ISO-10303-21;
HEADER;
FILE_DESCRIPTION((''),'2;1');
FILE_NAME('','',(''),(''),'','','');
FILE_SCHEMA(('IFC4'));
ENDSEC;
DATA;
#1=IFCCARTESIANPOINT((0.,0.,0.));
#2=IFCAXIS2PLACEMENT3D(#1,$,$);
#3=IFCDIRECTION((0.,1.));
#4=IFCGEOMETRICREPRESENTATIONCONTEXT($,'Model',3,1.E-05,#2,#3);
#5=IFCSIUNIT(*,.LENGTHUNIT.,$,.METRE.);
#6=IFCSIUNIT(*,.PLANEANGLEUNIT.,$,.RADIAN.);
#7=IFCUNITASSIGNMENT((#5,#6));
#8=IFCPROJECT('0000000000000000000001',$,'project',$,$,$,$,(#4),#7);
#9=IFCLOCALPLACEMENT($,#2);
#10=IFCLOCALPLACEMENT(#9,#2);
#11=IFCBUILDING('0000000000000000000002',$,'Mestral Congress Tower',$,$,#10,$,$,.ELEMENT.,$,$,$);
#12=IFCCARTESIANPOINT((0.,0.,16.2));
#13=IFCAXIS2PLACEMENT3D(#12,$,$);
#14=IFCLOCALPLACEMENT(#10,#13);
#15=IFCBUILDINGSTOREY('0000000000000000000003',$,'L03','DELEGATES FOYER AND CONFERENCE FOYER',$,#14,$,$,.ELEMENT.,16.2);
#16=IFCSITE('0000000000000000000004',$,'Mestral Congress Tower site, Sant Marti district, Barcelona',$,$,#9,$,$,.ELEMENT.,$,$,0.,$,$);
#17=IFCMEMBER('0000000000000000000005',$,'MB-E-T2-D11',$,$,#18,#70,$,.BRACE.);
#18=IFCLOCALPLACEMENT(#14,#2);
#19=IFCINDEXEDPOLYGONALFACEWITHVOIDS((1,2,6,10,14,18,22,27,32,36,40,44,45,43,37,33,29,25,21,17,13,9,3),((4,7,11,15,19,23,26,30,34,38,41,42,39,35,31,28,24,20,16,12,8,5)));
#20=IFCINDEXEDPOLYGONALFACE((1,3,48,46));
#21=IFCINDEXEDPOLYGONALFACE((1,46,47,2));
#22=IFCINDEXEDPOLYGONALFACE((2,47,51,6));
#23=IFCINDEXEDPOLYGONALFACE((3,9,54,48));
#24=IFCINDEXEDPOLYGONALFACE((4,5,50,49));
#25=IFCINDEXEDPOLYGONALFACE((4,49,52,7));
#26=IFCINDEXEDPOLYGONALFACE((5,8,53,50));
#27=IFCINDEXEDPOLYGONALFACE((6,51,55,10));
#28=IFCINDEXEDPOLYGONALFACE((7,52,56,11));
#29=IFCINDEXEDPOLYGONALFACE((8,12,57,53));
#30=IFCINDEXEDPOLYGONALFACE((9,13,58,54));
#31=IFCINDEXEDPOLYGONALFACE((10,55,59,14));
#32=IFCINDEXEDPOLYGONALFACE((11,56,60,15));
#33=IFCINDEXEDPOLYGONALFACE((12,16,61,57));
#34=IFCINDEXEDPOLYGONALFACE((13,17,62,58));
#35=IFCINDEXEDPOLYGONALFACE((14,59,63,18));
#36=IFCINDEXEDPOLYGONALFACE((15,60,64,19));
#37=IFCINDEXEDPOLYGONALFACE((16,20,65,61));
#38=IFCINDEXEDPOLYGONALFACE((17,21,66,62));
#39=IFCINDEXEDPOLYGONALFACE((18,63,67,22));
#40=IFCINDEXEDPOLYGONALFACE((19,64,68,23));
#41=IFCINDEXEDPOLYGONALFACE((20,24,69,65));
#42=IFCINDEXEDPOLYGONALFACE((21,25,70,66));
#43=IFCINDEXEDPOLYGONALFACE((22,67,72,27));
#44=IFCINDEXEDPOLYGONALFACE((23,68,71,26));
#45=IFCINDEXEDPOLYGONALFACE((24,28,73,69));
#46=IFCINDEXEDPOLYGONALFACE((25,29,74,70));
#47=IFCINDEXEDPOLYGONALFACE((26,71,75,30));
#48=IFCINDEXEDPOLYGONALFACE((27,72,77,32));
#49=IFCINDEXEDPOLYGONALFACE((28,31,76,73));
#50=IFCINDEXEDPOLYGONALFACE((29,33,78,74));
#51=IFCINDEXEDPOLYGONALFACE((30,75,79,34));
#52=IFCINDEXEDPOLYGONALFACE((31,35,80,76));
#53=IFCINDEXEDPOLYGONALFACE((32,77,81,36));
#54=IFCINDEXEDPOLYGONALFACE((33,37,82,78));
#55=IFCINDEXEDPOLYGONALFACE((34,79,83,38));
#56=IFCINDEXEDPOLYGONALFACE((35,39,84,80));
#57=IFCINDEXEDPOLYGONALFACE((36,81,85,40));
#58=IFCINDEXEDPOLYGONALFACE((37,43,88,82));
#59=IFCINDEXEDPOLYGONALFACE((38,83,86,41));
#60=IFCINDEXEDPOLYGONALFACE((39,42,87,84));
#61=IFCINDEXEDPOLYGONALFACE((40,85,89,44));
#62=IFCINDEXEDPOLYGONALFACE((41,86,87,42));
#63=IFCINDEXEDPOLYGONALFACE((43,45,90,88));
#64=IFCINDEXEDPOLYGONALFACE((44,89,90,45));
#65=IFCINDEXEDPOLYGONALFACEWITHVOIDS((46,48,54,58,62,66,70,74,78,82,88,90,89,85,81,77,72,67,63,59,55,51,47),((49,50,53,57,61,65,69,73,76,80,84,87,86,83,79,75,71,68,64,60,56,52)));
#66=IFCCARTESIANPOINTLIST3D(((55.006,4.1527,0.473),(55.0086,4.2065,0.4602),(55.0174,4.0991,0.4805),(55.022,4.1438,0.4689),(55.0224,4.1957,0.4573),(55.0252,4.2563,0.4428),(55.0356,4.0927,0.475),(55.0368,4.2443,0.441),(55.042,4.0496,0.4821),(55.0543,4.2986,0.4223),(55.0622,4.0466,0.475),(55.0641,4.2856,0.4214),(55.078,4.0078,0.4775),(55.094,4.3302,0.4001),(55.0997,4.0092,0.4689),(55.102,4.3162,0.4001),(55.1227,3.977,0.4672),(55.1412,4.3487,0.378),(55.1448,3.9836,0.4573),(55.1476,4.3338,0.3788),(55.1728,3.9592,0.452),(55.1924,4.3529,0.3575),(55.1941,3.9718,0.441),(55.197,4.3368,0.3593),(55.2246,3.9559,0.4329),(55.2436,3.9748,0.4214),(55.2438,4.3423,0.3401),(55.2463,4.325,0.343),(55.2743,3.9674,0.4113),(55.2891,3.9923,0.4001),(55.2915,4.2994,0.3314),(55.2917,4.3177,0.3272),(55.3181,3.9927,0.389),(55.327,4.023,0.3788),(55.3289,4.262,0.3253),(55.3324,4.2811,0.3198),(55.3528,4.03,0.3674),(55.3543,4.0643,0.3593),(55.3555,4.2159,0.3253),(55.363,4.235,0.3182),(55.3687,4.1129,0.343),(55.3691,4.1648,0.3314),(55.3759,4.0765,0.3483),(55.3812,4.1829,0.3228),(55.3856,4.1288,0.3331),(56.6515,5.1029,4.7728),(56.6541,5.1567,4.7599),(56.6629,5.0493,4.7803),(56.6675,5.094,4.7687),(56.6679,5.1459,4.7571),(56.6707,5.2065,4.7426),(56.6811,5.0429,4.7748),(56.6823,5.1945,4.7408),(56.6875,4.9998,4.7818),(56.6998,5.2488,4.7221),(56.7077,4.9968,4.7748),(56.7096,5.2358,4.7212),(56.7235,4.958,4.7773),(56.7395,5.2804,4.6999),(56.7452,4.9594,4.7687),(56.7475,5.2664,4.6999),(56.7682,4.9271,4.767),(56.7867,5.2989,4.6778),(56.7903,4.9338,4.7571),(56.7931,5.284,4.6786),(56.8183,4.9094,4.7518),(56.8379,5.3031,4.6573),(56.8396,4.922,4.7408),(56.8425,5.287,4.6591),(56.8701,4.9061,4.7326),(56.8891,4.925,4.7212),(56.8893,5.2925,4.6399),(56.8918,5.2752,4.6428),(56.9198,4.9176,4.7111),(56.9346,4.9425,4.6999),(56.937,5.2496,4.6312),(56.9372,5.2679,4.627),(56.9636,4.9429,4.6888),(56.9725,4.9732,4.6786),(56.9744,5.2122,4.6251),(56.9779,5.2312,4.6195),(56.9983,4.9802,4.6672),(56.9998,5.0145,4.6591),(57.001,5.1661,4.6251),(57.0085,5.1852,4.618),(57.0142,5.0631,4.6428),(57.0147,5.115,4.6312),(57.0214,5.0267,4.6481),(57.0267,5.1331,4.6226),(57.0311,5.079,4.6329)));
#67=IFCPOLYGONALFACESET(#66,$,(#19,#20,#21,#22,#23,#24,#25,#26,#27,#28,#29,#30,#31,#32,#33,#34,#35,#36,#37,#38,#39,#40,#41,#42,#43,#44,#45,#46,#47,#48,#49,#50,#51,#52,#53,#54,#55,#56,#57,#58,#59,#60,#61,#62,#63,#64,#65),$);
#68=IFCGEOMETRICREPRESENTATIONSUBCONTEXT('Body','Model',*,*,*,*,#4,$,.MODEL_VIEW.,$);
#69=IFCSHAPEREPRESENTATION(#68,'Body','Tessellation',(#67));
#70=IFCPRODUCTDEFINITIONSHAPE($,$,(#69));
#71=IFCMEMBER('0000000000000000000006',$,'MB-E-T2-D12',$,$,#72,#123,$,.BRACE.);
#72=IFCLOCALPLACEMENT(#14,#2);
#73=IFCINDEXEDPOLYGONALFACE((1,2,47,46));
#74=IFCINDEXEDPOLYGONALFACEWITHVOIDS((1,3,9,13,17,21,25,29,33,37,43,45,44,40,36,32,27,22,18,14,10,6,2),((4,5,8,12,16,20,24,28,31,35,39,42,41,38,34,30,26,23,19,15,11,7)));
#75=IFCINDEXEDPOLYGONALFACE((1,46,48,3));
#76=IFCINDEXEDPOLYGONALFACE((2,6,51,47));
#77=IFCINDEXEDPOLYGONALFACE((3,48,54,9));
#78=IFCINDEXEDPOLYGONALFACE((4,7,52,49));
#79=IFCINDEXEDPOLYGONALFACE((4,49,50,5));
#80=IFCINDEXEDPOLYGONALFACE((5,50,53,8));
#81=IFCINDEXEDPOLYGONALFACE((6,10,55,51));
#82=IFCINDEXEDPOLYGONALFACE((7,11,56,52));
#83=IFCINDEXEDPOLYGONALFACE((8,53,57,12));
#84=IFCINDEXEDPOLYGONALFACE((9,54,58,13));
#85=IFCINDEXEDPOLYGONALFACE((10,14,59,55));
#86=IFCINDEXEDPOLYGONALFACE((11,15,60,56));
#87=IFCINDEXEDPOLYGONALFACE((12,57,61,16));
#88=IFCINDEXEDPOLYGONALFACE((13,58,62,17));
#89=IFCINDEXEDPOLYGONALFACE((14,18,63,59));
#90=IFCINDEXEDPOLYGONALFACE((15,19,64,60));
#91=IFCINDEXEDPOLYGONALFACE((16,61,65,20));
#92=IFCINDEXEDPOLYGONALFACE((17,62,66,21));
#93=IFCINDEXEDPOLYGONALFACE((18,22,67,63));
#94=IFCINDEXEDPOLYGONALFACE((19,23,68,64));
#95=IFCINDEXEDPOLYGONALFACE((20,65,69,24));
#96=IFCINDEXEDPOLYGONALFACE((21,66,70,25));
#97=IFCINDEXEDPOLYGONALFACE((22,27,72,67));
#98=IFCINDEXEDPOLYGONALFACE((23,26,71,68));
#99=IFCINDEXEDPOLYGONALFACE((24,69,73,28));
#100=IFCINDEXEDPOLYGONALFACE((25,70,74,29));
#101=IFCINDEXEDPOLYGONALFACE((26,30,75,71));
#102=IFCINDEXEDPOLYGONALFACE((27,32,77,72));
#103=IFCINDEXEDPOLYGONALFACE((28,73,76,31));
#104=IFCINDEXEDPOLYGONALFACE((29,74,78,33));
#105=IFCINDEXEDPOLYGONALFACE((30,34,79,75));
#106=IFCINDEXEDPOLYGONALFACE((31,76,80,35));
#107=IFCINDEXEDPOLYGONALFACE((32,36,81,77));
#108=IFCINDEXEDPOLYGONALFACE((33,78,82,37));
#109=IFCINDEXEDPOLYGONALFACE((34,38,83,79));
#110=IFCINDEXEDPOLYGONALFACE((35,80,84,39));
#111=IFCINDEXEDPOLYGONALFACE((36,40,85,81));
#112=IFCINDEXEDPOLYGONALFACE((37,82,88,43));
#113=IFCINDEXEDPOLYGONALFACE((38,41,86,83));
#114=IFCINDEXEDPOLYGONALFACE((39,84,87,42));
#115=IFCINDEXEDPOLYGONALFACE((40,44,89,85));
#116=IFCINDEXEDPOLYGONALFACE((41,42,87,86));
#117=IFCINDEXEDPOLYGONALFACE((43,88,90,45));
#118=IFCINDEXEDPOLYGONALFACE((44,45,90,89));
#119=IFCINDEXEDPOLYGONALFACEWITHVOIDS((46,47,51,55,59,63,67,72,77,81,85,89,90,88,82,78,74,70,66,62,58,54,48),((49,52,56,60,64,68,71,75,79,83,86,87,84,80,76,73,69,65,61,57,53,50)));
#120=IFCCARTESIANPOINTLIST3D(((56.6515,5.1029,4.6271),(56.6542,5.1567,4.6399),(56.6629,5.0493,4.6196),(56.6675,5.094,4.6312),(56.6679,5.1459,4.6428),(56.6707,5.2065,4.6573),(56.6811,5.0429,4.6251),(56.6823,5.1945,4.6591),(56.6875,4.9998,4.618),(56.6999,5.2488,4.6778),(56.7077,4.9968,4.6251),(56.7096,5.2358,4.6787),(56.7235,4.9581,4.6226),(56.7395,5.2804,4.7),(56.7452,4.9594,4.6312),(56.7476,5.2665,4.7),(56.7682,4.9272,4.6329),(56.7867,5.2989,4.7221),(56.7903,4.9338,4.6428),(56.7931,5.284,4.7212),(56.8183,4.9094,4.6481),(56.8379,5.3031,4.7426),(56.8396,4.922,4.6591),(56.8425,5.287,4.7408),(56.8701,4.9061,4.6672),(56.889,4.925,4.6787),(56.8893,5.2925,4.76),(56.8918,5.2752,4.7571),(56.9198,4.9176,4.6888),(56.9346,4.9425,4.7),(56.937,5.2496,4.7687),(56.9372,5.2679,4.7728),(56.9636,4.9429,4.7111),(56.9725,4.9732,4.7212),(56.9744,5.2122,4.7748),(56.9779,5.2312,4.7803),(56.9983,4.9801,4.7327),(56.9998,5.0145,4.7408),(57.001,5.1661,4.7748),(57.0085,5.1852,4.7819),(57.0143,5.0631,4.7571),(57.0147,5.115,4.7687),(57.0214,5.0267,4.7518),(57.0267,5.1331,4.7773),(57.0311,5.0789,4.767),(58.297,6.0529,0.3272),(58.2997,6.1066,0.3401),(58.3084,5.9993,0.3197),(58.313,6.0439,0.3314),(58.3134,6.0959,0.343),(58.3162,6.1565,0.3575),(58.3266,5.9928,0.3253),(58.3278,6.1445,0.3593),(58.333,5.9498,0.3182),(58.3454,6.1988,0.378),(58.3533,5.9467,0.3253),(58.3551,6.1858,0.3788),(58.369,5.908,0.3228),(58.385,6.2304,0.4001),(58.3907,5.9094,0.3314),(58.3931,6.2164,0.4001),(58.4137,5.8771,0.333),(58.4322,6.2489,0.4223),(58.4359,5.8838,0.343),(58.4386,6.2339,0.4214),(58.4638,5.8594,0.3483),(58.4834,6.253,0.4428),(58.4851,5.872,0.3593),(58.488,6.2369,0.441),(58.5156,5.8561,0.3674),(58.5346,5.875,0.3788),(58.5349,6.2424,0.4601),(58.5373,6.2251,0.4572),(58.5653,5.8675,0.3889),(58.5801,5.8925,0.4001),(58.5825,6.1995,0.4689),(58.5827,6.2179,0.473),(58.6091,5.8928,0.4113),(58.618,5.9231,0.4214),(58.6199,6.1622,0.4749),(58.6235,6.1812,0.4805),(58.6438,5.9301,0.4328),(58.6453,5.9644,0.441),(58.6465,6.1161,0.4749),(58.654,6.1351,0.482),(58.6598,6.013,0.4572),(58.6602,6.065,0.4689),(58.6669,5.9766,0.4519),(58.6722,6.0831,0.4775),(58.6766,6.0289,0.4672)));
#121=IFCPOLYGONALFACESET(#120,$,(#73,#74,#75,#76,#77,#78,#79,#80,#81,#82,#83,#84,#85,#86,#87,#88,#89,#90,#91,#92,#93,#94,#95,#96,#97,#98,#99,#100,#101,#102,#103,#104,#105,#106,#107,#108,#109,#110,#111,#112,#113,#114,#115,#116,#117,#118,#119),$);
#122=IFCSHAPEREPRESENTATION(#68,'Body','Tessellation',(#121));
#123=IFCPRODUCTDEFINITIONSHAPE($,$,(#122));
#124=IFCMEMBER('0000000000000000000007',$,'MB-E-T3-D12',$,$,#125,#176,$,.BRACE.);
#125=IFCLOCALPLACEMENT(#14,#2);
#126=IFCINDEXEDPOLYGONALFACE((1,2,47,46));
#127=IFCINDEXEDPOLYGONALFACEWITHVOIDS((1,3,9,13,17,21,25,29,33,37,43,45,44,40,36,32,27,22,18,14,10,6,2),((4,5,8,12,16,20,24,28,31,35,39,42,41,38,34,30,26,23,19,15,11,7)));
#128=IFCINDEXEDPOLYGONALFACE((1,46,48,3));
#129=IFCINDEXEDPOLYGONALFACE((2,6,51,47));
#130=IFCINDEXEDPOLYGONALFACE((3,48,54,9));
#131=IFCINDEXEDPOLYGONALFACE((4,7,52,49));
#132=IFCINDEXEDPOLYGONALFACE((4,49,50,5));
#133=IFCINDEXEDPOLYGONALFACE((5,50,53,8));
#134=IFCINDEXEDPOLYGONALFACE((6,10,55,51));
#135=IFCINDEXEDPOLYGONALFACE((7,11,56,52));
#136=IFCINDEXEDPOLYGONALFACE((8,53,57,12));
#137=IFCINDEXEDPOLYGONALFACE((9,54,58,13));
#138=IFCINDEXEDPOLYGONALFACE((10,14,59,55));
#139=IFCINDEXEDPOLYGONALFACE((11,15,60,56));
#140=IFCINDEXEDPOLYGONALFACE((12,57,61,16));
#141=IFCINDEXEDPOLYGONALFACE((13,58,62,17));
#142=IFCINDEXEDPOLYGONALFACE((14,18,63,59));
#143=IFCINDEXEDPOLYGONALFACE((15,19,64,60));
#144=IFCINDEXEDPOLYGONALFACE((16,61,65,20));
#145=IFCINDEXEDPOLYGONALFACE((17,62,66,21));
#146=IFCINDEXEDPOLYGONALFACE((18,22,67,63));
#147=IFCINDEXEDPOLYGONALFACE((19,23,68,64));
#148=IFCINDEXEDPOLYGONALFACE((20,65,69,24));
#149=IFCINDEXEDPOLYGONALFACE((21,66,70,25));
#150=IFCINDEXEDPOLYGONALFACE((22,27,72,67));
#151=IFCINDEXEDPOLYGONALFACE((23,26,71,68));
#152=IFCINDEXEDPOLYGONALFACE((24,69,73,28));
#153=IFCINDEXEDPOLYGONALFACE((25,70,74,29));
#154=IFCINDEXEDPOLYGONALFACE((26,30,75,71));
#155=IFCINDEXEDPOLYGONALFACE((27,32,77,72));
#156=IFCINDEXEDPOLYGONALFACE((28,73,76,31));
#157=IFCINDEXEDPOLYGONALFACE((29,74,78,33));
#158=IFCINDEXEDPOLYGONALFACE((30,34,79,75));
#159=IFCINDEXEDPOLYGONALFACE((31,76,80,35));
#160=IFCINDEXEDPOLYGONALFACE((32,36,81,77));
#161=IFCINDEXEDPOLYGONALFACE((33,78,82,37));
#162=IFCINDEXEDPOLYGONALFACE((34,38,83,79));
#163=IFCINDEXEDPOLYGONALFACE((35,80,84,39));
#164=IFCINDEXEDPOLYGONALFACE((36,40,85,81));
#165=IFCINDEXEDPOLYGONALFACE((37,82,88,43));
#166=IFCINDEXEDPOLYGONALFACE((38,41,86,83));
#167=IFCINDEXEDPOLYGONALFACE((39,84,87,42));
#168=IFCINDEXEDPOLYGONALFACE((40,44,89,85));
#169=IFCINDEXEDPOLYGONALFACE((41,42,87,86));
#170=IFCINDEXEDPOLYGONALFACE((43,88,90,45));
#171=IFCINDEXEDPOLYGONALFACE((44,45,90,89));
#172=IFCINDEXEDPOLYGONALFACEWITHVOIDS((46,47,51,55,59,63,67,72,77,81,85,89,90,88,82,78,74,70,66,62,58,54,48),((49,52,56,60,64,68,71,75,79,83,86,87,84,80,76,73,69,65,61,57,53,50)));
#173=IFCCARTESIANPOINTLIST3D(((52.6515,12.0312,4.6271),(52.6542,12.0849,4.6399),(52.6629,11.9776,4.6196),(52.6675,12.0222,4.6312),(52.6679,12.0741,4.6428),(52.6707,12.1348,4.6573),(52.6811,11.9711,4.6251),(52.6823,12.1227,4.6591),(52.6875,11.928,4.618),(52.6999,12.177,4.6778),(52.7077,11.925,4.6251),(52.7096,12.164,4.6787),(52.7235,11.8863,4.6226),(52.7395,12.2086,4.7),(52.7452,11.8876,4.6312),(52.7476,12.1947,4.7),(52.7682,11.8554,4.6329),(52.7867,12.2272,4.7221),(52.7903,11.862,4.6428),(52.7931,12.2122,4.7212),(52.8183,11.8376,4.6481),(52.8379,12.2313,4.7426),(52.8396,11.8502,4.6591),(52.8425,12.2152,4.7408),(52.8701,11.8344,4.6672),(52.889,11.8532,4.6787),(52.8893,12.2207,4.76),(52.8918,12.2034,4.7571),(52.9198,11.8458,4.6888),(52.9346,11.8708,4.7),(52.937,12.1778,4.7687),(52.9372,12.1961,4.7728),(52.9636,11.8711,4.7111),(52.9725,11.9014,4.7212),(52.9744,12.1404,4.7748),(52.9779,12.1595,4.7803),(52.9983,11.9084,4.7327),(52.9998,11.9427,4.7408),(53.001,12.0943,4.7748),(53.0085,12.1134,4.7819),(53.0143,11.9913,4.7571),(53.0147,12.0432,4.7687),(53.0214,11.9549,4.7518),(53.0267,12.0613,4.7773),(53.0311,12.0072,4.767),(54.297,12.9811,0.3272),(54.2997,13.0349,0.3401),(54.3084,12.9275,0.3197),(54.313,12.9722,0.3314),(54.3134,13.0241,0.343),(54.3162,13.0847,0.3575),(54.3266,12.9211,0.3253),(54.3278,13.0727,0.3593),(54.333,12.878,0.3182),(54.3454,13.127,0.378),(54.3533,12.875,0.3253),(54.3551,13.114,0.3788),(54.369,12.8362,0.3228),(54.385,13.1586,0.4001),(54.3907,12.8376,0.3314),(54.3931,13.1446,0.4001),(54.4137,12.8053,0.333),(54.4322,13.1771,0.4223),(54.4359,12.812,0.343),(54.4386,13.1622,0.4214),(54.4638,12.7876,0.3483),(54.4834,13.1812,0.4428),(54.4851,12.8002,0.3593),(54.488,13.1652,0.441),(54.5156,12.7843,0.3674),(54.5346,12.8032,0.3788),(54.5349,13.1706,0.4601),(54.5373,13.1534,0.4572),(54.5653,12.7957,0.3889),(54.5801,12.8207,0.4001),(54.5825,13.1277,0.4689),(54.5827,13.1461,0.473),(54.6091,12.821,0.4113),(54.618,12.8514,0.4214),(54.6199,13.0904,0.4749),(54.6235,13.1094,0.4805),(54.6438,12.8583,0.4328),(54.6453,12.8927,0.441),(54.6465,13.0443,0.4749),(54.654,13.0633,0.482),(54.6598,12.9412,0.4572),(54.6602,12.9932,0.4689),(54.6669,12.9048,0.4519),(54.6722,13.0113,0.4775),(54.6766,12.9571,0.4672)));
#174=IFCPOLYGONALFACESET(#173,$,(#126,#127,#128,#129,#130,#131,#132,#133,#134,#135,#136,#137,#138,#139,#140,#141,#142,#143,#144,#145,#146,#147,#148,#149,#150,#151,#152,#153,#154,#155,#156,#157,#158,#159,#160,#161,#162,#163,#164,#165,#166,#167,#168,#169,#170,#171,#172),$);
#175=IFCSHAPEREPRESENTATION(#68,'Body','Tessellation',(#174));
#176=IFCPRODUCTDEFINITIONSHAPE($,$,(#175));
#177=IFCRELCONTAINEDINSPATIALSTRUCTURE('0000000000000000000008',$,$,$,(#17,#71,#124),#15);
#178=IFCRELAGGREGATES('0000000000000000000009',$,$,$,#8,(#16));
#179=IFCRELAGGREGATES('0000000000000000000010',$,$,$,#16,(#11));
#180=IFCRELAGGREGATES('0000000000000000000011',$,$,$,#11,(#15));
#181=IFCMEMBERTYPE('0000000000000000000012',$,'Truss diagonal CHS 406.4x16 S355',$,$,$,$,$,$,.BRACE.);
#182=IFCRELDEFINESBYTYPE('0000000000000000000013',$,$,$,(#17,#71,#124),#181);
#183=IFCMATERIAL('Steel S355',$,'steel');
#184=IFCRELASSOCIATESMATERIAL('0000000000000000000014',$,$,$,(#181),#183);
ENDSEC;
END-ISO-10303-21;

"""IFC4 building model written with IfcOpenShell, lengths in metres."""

from ifc_helpers import new_model, si_unit, direction, frame, origin, origin_2d, place, context, subcontext, project, spatial, hollow_circle, extrude, material, material_profile, profile_set, type_object, element, save


model = new_model("IFC4")

# Units and contexts
model_context = context("Model", 3, precision=1e-05, world=origin(), true_north=direction((0.0, 1.0)))
body_context = subcontext(model_context, "Body", "Model", "MODEL_VIEW")
ifc_project = project(units=[si_unit("LENGTHUNIT", "METRE"), si_unit("PLANEANGLEUNIT", "RADIAN")], contexts=[model_context])

# Site, building, storey
site_placement = place(None, origin())
site = spatial("IfcSite", under=ifc_project, at=site_placement, Name="Mestral Congress Tower site, Sant Marti district, Barcelona", CompositionType="ELEMENT", RefElevation=0.0)
building_placement = place(site_placement, origin())
building = spatial("IfcBuilding", under=site, at=building_placement, Name="Mestral Congress Tower", CompositionType="ELEMENT")
storey_placement = place(building_placement, frame((0.0, 0.0, 16.2)))
storey = spatial("IfcBuildingStorey", under=building, at=storey_placement, Name="L03", Description="DELEGATES FOYER AND CONFERENCE FOYER", CompositionType="ELEMENT", Elevation=16.2)

# Members
ifc_material = material(Name="Steel S355", Category="steel")
ifc_material_profile_1 = material_profile(ifc_material, hollow_circle(Radius=0.2031, WallThickness=0.0161, at=origin_2d()), Name="CHS 406.4x16")
ifc_profile_set_1 = profile_set([ifc_material_profile_1], Name="Steel S355")
member_type_1 = type_object("IfcMemberType", Name="Truss diagonal CHS 406.4x16 S355", PredefinedType="BRACE", material=ifc_profile_set_1)
for number, where, z_axis, x_axis, name in (
    (1, (55.1956, 4.1543, 0.4001), (0.350038, 0.202129, 0.914668), (-0.500064, 0.865989, 0.0), "MB-E-T2-D11"),
    (2, (56.8411, 5.1045, 4.7), (0.350041, 0.202079, -0.914678), (-0.499967, 0.866044, 0.0), "MB-E-T2-D12"),
    (3, (52.8411, 12.0327, 4.7), (0.350041, 0.202079, -0.914678), (-0.499967, 0.866044, 0.0), "MB-E-T3-D12"),
):
    element("IfcMember", number, at=place(storey_placement, frame(where, z_axis=z_axis, x_axis=x_axis)), inside=storey, type_object=member_type_1, Name=name, PredefinedType="BRACE", context=body_context, shape_type="SweptSolid", body=[
        extrude(hollow_circle(Radius=0.2031, WallThickness=0.0161, at=origin_2d()), origin(), (0.0, 0.0, 1.0), 4.7009),
    ])

save(model, "model.ifc")
